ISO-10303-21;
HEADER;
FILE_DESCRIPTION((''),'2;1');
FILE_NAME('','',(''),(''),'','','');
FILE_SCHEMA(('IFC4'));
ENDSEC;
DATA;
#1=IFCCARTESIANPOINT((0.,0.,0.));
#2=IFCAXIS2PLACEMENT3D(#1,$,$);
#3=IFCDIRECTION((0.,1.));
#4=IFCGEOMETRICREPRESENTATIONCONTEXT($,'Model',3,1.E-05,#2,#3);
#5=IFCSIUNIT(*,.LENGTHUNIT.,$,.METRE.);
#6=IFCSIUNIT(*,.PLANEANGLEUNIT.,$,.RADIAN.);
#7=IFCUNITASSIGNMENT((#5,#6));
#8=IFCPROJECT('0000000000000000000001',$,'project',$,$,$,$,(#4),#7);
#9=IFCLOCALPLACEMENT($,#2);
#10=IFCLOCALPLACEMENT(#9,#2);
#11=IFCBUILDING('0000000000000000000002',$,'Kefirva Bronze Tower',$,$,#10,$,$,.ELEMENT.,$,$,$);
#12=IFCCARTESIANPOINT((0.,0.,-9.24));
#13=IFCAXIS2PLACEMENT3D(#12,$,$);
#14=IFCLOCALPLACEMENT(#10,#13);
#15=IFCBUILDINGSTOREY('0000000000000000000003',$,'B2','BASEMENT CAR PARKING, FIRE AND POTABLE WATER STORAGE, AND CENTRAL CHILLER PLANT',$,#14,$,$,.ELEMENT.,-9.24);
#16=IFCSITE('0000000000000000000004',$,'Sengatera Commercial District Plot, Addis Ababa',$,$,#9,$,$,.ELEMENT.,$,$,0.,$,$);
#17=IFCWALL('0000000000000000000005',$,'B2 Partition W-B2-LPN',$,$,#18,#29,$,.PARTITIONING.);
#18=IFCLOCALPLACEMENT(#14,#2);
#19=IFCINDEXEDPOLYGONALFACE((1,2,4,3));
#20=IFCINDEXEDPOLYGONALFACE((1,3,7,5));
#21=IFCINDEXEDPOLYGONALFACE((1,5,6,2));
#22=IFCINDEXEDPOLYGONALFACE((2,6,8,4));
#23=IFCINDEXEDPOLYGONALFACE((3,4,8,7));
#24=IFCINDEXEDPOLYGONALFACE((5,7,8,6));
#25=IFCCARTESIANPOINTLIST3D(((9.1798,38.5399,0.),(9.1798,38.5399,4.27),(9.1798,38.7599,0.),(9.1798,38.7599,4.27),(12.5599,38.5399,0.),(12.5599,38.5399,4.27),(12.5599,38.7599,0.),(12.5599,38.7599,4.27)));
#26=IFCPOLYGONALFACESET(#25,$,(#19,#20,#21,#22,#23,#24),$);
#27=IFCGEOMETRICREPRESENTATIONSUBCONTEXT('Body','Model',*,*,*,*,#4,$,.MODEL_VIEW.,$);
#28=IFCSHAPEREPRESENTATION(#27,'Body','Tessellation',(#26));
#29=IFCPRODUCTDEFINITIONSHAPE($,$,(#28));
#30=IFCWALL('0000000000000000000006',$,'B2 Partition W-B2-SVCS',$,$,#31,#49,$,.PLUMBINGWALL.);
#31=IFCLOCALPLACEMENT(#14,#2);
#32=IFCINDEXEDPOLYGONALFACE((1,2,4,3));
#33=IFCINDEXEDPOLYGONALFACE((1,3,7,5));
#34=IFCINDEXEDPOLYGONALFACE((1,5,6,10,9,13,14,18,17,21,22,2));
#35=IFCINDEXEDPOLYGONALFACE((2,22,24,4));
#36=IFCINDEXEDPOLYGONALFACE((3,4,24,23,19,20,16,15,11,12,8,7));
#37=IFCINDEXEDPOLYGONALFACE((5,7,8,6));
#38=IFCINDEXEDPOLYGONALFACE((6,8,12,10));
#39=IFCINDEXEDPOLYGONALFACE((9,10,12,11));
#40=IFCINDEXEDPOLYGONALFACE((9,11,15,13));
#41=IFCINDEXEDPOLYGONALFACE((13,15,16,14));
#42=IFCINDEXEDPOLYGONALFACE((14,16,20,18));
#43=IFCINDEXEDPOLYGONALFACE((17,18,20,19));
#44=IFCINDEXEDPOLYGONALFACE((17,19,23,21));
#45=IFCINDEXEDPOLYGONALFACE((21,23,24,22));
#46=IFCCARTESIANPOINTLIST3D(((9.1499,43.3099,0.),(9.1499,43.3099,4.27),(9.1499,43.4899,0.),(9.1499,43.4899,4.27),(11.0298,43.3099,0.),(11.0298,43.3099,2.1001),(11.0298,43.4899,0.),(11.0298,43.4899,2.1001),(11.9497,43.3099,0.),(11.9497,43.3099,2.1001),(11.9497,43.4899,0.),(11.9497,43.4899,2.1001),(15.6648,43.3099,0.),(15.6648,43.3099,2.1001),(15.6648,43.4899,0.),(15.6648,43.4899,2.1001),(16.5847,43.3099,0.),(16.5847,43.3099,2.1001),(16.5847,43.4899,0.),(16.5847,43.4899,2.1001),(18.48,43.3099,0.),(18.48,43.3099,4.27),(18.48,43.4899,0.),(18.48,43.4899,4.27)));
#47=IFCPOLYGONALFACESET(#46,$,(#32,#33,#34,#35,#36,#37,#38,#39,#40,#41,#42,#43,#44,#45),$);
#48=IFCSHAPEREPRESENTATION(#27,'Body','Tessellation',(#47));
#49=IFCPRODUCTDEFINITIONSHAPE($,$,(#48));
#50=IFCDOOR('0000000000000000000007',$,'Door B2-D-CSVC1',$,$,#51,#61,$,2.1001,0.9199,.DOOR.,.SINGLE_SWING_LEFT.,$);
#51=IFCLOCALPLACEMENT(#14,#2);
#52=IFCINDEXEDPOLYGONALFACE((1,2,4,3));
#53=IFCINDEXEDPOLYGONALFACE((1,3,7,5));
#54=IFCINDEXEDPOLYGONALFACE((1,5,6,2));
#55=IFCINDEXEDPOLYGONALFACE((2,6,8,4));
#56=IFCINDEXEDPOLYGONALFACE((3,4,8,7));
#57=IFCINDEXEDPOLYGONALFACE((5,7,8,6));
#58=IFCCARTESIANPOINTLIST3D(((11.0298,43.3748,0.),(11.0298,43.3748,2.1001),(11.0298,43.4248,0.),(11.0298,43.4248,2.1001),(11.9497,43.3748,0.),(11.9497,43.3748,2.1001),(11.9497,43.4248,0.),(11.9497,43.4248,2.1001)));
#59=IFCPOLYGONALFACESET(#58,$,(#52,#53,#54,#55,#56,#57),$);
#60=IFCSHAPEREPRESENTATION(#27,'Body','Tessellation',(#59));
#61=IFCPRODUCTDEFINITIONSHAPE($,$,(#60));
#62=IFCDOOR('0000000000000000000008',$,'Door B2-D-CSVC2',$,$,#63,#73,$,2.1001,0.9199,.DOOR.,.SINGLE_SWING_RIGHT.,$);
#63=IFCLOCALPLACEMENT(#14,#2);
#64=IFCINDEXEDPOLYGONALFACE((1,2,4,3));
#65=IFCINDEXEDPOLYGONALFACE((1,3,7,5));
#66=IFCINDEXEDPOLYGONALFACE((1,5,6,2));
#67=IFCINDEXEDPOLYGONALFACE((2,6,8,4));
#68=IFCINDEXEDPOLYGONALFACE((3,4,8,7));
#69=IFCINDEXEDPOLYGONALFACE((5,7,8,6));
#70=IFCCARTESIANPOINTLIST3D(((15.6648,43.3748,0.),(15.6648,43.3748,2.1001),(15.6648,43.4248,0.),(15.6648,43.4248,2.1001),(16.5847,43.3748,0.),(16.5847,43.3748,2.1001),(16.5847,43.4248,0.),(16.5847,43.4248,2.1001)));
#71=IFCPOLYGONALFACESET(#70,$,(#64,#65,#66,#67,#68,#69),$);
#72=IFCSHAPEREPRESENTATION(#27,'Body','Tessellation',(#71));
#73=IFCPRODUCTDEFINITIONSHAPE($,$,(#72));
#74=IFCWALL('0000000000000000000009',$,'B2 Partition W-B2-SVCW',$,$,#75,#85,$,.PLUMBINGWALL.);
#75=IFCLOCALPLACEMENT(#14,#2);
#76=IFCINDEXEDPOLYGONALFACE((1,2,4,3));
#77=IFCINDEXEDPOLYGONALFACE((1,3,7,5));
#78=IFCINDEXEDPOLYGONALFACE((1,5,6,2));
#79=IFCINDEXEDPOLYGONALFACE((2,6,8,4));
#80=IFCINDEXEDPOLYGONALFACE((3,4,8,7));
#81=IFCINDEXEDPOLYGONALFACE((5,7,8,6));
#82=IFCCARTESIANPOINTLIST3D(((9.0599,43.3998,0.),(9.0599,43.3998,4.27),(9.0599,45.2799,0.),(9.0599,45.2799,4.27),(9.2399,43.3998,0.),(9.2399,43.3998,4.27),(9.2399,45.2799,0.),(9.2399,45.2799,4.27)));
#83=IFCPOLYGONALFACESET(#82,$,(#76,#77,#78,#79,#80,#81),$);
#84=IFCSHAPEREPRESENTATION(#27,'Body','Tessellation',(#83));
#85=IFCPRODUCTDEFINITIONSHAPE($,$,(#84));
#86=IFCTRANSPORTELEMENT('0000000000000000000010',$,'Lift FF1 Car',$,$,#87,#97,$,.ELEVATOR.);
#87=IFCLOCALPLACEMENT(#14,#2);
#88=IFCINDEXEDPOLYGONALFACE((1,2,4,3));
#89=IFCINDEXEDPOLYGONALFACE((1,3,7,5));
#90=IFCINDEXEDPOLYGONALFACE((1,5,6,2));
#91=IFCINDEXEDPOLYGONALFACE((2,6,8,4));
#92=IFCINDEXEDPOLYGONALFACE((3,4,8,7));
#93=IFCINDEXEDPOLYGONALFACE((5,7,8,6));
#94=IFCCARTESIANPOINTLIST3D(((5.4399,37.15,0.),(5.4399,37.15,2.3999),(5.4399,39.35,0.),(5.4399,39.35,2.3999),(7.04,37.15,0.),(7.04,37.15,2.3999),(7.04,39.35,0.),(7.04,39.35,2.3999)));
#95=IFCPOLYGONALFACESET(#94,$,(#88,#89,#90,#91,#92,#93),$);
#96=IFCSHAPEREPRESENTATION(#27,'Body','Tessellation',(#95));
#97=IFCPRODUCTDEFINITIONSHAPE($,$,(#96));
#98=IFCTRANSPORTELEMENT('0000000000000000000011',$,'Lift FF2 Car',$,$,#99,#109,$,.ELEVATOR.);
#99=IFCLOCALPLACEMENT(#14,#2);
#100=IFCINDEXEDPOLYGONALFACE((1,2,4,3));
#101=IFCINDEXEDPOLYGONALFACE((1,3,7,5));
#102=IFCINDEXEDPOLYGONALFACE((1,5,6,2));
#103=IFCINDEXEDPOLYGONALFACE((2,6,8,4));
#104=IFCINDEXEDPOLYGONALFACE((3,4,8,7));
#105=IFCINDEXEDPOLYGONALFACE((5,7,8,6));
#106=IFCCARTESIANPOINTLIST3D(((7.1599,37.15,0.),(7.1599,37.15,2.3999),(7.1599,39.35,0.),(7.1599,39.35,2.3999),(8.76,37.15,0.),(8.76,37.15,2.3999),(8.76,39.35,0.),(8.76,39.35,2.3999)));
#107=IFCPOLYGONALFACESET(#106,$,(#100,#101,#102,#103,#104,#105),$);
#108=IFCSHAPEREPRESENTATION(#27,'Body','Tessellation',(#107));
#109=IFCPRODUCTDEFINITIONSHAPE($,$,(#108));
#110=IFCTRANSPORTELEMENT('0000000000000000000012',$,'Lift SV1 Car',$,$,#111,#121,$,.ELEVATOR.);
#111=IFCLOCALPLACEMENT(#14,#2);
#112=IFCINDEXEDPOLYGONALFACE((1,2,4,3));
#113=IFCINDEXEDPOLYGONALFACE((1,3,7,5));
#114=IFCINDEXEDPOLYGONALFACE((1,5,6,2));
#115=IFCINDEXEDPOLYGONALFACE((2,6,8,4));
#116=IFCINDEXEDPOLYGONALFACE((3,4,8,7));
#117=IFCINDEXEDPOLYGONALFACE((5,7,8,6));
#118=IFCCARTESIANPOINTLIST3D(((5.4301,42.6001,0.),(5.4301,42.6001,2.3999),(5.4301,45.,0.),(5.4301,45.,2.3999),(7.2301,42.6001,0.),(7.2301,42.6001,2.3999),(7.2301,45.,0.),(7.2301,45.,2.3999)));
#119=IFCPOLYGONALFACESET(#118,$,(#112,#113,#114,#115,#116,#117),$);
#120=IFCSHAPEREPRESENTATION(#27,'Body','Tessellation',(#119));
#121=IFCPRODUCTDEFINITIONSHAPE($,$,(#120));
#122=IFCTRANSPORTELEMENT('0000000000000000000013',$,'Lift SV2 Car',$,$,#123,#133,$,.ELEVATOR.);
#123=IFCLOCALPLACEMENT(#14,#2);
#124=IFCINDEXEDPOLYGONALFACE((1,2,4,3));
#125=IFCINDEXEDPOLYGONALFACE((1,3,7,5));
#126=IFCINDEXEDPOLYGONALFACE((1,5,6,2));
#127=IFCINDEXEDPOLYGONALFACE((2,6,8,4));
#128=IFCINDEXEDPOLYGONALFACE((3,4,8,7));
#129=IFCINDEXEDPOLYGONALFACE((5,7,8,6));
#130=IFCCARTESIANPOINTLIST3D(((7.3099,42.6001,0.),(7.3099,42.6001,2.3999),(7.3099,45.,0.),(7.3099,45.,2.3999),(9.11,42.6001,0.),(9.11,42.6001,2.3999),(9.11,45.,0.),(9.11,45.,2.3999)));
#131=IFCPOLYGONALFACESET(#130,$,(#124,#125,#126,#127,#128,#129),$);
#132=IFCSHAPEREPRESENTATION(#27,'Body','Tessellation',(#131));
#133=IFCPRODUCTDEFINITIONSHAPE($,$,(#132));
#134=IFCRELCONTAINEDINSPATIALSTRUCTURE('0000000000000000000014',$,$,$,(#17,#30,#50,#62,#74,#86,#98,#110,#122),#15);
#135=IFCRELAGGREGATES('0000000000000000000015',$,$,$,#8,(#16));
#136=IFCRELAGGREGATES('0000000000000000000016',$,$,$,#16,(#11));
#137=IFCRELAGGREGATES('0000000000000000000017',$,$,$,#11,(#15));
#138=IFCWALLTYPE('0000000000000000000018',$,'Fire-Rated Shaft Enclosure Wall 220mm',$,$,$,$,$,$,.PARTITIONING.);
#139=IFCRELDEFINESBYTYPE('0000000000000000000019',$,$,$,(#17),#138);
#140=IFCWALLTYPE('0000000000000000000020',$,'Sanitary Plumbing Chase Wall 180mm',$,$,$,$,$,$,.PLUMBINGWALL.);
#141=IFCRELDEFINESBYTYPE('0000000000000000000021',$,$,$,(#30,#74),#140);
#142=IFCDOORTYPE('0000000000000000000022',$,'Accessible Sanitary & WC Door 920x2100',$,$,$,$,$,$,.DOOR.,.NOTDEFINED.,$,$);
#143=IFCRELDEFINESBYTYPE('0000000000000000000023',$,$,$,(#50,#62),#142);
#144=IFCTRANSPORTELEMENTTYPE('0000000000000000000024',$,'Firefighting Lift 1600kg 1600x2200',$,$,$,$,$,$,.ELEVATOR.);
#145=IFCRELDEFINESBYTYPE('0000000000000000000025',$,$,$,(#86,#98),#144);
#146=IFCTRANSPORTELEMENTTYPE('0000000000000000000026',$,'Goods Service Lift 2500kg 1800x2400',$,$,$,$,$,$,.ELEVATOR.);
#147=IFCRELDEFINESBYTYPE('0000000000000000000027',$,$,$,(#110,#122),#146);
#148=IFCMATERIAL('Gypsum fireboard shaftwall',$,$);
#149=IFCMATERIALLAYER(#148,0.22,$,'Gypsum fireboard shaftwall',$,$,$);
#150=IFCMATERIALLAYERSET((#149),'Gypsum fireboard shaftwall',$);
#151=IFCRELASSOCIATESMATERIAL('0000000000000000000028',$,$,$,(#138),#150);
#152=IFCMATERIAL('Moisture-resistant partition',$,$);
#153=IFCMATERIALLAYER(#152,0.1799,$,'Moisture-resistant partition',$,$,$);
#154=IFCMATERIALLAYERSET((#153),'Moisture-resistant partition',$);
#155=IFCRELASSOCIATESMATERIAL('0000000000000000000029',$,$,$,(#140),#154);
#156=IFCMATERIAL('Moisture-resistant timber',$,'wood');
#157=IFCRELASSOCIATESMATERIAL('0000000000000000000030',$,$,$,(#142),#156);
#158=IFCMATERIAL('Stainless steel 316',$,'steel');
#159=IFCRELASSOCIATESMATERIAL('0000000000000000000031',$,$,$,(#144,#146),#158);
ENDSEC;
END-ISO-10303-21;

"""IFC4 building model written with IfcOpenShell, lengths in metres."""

from ifc_helpers import new_model, si_unit, direction, frame, frame_2d, origin, origin_2d, place, context, subcontext, project, spatial, rectangle, extrude, material, layer, layer_set, type_object, element, fill, save


model = new_model("IFC4")

# Units and contexts
model_context = context("Model", 3, precision=1e-05, world=origin(), true_north=direction((0.0, 1.0)))
body_context = subcontext(model_context, "Body", "Model", "MODEL_VIEW")
ifc_project = project(units=[si_unit("LENGTHUNIT", "METRE"), si_unit("PLANEANGLEUNIT", "RADIAN")], contexts=[model_context])

# Site, building, storey
site_placement = place(None, origin())
site = spatial("IfcSite", under=ifc_project, at=site_placement, Name="Sengatera Commercial District Plot, Addis Ababa", CompositionType="ELEMENT", RefElevation=0.0)
building_placement = place(site_placement, origin())
building = spatial("IfcBuilding", under=site, at=building_placement, Name="Kefirva Bronze Tower", CompositionType="ELEMENT")
storey_placement = place(building_placement, frame((0.0, 0.0, -9.24)))
storey = spatial("IfcBuildingStorey", under=building, at=storey_placement, Name="B2", Description="BASEMENT CAR PARKING, FIRE AND POTABLE WATER STORAGE, AND CENTRAL CHILLER PLANT", CompositionType="ELEMENT", Elevation=-9.24)

# Shared definitions
ifc_material_1 = material(Name="Gypsum fireboard shaftwall")
ifc_layer_1 = layer(ifc_material_1, 0.22, Name="Gypsum fireboard shaftwall")
ifc_layer_set_1 = layer_set([ifc_layer_1], Name="Gypsum fireboard shaftwall")
wall_type_1 = type_object("IfcWallType", Name="Fire-Rated Shaft Enclosure Wall 220mm", PredefinedType="PARTITIONING", material=ifc_layer_set_1)

# Shared definitions
ifc_material_2 = material(Name="Stainless steel 316", Category="steel")

# Wall
wall_1_placement = place(storey_placement, frame((9.1799, 38.6499, 0.0), z_axis=(0.0, 0.0, 1.0), x_axis=(1.0, 0.0, 0.0)))
element("IfcWall", 1, at=wall_1_placement, inside=storey, type_object=wall_type_1, Name="B2 Partition W-B2-LPN", PredefinedType="PARTITIONING", context=body_context, shape_type="SweptSolid", body=[
    extrude(rectangle(XDim=3.3801, YDim=0.22, at=frame_2d((1.6899, 0.0))), origin(), (0.0, 0.0, 1.0), 4.27),
])

# Wall, openings, doors
ifc_material_3 = material(Name="Moisture-resistant partition")
ifc_layer_2 = layer(ifc_material_3, 0.1799, Name="Moisture-resistant partition")
ifc_layer_set_2 = layer_set([ifc_layer_2], Name="Moisture-resistant partition")
wall_type_2 = type_object("IfcWallType", Name="Sanitary Plumbing Chase Wall 180mm", PredefinedType="PLUMBINGWALL", material=ifc_layer_set_2)
wall_2_placement = place(storey_placement, frame((9.1499, 43.3999, 0.0), z_axis=(0.0, 0.0, 1.0), x_axis=(1.0, 0.0, 0.0)))
wall_2 = element("IfcWall", 2, at=wall_2_placement, inside=storey, type_object=wall_type_2, Name="B2 Partition W-B2-SVCS", PredefinedType="PLUMBINGWALL", context=body_context, shape_type="SweptSolid", body=[
    extrude(rectangle(XDim=9.3301, YDim=0.1799, at=frame_2d((4.665, 0.0))), origin(), (0.0, 0.0, 1.0), 4.27),
])
opening_1_placement = place(wall_2_placement, frame((1.8799, 0.0, 0.0)))
opening_1 = element("IfcOpeningElement", 3, at=opening_1_placement, cuts=wall_2, PredefinedType="OPENING", context=body_context, shape_type="SweptSolid", body=[
    extrude(rectangle(XDim=0.9199, YDim=2.1001, at=frame_2d((0.46, 1.05))), frame((0.0, 0.1001, 0.0), z_axis=(0.0, -1.0, 0.0), x_axis=(1.0, 0.0, 0.0)), (0.0, 0.0, 1.0), 0.2),
])
opening_2_placement = place(wall_2_placement, frame((6.5149, 0.0, 0.0)))
opening_2 = element("IfcOpeningElement", 4, at=opening_2_placement, cuts=wall_2, PredefinedType="OPENING", context=body_context, shape_type="SweptSolid", body=[
    extrude(rectangle(XDim=0.9199, YDim=2.1001, at=frame_2d((0.46, 1.05))), frame((0.0, 0.1001, 0.0), z_axis=(0.0, -1.0, 0.0), x_axis=(1.0, 0.0, 0.0)), (0.0, 0.0, 1.0), 0.2),
])
ifc_material_4 = material(Name="Moisture-resistant timber", Category="wood")
door_type_1 = type_object("IfcDoorType", Name="Accessible Sanitary & WC Door 920x2100", OperationType="NOTDEFINED", PredefinedType="DOOR", material=ifc_material_4)
door_1_placement = place(opening_1_placement, origin())
door_1 = element("IfcDoor", 5, at=door_1_placement, inside=storey, type_object=door_type_1, Name="Door B2-D-CSVC1", OperationType="SINGLE_SWING_LEFT", OverallHeight=2.1001, OverallWidth=0.9199, PredefinedType="DOOR", context=body_context, shape_type="SweptSolid", body=[
    extrude(rectangle(XDim=0.9199, YDim=2.1001, at=frame_2d((0.46, 1.05))), frame((0.0, 0.0249, 0.0), z_axis=(0.0, -1.0, 0.0), x_axis=(1.0, 0.0, 0.0)), (0.0, 0.0, 1.0), 0.05),
])
fill(opening_1, door_1)
door_2_placement = place(opening_2_placement, origin())
door_2 = element("IfcDoor", 6, at=door_2_placement, inside=storey, type_object=door_type_1, Name="Door B2-D-CSVC2", OperationType="SINGLE_SWING_RIGHT", OverallHeight=2.1001, OverallWidth=0.9199, PredefinedType="DOOR", context=body_context, shape_type="SweptSolid", body=[
    extrude(rectangle(XDim=0.9199, YDim=2.1001, at=frame_2d((0.46, 1.05))), frame((0.0, 0.0249, 0.0), z_axis=(0.0, -1.0, 0.0), x_axis=(1.0, 0.0, 0.0)), (0.0, 0.0, 1.0), 0.05),
])
fill(opening_2, door_2)

# Wall
wall_3_placement = place(storey_placement, frame((9.1499, 43.3999, 0.0), z_axis=(0.0, 0.0, 1.0), x_axis=(0.0, 1.0, 0.0)))
element("IfcWall", 7, at=wall_3_placement, inside=storey, type_object=wall_type_2, Name="B2 Partition W-B2-SVCW", PredefinedType="PLUMBINGWALL", context=body_context, shape_type="SweptSolid", body=[
    extrude(rectangle(XDim=1.8801, YDim=0.1799, at=frame_2d((0.9399, 0.0))), origin(), (0.0, 0.0, 1.0), 4.27),
])

# Transport elements
transport_element_type_1 = type_object("IfcTransportElementType", Name="Firefighting Lift 1600kg 1600x2200", PredefinedType="ELEVATOR", material=ifc_material_2)
for number, where, z_axis, x_axis, name in (
    (8, (6.24, 38.25, 0.0), (0.0, 0.0, 1.0), (1.0, 0.0, 0.0), "Lift FF1 Car"),
    (9, (7.96, 38.25, 0.0), (0.0, 0.0, 1.0), (1.0, 0.0, 0.0), "Lift FF2 Car"),
):
    element("IfcTransportElement", number, at=place(storey_placement, frame(where, z_axis=z_axis, x_axis=x_axis)), inside=storey, type_object=transport_element_type_1, Name=name, PredefinedType="ELEVATOR", context=body_context, shape_type="SweptSolid", body=[
        extrude(rectangle(XDim=1.6001, YDim=2.2, at=origin_2d()), origin(), (0.0, 0.0, 1.0), 2.3999),
    ])
transport_element_type_2 = type_object("IfcTransportElementType", Name="Goods Service Lift 2500kg 1800x2400", PredefinedType="ELEVATOR", material=ifc_material_2)
for number, where, z_axis, x_axis, name in (
    (10, (6.3301, 43.8, 0.0), (0.0, 0.0, 1.0), (1.0, 0.0, 0.0), "Lift SV1 Car"),
    (11, (8.21, 43.8, 0.0), (0.0, 0.0, 1.0), (1.0, 0.0, 0.0), "Lift SV2 Car"),
):
    element("IfcTransportElement", number, at=place(storey_placement, frame(where, z_axis=z_axis, x_axis=x_axis)), inside=storey, type_object=transport_element_type_2, Name=name, PredefinedType="ELEVATOR", context=body_context, shape_type="SweptSolid", body=[
        extrude(rectangle(XDim=1.8, YDim=2.3999, at=origin_2d()), origin(), (0.0, 0.0, 1.0), 2.3999),
    ])

save(model, "model.ifc")
